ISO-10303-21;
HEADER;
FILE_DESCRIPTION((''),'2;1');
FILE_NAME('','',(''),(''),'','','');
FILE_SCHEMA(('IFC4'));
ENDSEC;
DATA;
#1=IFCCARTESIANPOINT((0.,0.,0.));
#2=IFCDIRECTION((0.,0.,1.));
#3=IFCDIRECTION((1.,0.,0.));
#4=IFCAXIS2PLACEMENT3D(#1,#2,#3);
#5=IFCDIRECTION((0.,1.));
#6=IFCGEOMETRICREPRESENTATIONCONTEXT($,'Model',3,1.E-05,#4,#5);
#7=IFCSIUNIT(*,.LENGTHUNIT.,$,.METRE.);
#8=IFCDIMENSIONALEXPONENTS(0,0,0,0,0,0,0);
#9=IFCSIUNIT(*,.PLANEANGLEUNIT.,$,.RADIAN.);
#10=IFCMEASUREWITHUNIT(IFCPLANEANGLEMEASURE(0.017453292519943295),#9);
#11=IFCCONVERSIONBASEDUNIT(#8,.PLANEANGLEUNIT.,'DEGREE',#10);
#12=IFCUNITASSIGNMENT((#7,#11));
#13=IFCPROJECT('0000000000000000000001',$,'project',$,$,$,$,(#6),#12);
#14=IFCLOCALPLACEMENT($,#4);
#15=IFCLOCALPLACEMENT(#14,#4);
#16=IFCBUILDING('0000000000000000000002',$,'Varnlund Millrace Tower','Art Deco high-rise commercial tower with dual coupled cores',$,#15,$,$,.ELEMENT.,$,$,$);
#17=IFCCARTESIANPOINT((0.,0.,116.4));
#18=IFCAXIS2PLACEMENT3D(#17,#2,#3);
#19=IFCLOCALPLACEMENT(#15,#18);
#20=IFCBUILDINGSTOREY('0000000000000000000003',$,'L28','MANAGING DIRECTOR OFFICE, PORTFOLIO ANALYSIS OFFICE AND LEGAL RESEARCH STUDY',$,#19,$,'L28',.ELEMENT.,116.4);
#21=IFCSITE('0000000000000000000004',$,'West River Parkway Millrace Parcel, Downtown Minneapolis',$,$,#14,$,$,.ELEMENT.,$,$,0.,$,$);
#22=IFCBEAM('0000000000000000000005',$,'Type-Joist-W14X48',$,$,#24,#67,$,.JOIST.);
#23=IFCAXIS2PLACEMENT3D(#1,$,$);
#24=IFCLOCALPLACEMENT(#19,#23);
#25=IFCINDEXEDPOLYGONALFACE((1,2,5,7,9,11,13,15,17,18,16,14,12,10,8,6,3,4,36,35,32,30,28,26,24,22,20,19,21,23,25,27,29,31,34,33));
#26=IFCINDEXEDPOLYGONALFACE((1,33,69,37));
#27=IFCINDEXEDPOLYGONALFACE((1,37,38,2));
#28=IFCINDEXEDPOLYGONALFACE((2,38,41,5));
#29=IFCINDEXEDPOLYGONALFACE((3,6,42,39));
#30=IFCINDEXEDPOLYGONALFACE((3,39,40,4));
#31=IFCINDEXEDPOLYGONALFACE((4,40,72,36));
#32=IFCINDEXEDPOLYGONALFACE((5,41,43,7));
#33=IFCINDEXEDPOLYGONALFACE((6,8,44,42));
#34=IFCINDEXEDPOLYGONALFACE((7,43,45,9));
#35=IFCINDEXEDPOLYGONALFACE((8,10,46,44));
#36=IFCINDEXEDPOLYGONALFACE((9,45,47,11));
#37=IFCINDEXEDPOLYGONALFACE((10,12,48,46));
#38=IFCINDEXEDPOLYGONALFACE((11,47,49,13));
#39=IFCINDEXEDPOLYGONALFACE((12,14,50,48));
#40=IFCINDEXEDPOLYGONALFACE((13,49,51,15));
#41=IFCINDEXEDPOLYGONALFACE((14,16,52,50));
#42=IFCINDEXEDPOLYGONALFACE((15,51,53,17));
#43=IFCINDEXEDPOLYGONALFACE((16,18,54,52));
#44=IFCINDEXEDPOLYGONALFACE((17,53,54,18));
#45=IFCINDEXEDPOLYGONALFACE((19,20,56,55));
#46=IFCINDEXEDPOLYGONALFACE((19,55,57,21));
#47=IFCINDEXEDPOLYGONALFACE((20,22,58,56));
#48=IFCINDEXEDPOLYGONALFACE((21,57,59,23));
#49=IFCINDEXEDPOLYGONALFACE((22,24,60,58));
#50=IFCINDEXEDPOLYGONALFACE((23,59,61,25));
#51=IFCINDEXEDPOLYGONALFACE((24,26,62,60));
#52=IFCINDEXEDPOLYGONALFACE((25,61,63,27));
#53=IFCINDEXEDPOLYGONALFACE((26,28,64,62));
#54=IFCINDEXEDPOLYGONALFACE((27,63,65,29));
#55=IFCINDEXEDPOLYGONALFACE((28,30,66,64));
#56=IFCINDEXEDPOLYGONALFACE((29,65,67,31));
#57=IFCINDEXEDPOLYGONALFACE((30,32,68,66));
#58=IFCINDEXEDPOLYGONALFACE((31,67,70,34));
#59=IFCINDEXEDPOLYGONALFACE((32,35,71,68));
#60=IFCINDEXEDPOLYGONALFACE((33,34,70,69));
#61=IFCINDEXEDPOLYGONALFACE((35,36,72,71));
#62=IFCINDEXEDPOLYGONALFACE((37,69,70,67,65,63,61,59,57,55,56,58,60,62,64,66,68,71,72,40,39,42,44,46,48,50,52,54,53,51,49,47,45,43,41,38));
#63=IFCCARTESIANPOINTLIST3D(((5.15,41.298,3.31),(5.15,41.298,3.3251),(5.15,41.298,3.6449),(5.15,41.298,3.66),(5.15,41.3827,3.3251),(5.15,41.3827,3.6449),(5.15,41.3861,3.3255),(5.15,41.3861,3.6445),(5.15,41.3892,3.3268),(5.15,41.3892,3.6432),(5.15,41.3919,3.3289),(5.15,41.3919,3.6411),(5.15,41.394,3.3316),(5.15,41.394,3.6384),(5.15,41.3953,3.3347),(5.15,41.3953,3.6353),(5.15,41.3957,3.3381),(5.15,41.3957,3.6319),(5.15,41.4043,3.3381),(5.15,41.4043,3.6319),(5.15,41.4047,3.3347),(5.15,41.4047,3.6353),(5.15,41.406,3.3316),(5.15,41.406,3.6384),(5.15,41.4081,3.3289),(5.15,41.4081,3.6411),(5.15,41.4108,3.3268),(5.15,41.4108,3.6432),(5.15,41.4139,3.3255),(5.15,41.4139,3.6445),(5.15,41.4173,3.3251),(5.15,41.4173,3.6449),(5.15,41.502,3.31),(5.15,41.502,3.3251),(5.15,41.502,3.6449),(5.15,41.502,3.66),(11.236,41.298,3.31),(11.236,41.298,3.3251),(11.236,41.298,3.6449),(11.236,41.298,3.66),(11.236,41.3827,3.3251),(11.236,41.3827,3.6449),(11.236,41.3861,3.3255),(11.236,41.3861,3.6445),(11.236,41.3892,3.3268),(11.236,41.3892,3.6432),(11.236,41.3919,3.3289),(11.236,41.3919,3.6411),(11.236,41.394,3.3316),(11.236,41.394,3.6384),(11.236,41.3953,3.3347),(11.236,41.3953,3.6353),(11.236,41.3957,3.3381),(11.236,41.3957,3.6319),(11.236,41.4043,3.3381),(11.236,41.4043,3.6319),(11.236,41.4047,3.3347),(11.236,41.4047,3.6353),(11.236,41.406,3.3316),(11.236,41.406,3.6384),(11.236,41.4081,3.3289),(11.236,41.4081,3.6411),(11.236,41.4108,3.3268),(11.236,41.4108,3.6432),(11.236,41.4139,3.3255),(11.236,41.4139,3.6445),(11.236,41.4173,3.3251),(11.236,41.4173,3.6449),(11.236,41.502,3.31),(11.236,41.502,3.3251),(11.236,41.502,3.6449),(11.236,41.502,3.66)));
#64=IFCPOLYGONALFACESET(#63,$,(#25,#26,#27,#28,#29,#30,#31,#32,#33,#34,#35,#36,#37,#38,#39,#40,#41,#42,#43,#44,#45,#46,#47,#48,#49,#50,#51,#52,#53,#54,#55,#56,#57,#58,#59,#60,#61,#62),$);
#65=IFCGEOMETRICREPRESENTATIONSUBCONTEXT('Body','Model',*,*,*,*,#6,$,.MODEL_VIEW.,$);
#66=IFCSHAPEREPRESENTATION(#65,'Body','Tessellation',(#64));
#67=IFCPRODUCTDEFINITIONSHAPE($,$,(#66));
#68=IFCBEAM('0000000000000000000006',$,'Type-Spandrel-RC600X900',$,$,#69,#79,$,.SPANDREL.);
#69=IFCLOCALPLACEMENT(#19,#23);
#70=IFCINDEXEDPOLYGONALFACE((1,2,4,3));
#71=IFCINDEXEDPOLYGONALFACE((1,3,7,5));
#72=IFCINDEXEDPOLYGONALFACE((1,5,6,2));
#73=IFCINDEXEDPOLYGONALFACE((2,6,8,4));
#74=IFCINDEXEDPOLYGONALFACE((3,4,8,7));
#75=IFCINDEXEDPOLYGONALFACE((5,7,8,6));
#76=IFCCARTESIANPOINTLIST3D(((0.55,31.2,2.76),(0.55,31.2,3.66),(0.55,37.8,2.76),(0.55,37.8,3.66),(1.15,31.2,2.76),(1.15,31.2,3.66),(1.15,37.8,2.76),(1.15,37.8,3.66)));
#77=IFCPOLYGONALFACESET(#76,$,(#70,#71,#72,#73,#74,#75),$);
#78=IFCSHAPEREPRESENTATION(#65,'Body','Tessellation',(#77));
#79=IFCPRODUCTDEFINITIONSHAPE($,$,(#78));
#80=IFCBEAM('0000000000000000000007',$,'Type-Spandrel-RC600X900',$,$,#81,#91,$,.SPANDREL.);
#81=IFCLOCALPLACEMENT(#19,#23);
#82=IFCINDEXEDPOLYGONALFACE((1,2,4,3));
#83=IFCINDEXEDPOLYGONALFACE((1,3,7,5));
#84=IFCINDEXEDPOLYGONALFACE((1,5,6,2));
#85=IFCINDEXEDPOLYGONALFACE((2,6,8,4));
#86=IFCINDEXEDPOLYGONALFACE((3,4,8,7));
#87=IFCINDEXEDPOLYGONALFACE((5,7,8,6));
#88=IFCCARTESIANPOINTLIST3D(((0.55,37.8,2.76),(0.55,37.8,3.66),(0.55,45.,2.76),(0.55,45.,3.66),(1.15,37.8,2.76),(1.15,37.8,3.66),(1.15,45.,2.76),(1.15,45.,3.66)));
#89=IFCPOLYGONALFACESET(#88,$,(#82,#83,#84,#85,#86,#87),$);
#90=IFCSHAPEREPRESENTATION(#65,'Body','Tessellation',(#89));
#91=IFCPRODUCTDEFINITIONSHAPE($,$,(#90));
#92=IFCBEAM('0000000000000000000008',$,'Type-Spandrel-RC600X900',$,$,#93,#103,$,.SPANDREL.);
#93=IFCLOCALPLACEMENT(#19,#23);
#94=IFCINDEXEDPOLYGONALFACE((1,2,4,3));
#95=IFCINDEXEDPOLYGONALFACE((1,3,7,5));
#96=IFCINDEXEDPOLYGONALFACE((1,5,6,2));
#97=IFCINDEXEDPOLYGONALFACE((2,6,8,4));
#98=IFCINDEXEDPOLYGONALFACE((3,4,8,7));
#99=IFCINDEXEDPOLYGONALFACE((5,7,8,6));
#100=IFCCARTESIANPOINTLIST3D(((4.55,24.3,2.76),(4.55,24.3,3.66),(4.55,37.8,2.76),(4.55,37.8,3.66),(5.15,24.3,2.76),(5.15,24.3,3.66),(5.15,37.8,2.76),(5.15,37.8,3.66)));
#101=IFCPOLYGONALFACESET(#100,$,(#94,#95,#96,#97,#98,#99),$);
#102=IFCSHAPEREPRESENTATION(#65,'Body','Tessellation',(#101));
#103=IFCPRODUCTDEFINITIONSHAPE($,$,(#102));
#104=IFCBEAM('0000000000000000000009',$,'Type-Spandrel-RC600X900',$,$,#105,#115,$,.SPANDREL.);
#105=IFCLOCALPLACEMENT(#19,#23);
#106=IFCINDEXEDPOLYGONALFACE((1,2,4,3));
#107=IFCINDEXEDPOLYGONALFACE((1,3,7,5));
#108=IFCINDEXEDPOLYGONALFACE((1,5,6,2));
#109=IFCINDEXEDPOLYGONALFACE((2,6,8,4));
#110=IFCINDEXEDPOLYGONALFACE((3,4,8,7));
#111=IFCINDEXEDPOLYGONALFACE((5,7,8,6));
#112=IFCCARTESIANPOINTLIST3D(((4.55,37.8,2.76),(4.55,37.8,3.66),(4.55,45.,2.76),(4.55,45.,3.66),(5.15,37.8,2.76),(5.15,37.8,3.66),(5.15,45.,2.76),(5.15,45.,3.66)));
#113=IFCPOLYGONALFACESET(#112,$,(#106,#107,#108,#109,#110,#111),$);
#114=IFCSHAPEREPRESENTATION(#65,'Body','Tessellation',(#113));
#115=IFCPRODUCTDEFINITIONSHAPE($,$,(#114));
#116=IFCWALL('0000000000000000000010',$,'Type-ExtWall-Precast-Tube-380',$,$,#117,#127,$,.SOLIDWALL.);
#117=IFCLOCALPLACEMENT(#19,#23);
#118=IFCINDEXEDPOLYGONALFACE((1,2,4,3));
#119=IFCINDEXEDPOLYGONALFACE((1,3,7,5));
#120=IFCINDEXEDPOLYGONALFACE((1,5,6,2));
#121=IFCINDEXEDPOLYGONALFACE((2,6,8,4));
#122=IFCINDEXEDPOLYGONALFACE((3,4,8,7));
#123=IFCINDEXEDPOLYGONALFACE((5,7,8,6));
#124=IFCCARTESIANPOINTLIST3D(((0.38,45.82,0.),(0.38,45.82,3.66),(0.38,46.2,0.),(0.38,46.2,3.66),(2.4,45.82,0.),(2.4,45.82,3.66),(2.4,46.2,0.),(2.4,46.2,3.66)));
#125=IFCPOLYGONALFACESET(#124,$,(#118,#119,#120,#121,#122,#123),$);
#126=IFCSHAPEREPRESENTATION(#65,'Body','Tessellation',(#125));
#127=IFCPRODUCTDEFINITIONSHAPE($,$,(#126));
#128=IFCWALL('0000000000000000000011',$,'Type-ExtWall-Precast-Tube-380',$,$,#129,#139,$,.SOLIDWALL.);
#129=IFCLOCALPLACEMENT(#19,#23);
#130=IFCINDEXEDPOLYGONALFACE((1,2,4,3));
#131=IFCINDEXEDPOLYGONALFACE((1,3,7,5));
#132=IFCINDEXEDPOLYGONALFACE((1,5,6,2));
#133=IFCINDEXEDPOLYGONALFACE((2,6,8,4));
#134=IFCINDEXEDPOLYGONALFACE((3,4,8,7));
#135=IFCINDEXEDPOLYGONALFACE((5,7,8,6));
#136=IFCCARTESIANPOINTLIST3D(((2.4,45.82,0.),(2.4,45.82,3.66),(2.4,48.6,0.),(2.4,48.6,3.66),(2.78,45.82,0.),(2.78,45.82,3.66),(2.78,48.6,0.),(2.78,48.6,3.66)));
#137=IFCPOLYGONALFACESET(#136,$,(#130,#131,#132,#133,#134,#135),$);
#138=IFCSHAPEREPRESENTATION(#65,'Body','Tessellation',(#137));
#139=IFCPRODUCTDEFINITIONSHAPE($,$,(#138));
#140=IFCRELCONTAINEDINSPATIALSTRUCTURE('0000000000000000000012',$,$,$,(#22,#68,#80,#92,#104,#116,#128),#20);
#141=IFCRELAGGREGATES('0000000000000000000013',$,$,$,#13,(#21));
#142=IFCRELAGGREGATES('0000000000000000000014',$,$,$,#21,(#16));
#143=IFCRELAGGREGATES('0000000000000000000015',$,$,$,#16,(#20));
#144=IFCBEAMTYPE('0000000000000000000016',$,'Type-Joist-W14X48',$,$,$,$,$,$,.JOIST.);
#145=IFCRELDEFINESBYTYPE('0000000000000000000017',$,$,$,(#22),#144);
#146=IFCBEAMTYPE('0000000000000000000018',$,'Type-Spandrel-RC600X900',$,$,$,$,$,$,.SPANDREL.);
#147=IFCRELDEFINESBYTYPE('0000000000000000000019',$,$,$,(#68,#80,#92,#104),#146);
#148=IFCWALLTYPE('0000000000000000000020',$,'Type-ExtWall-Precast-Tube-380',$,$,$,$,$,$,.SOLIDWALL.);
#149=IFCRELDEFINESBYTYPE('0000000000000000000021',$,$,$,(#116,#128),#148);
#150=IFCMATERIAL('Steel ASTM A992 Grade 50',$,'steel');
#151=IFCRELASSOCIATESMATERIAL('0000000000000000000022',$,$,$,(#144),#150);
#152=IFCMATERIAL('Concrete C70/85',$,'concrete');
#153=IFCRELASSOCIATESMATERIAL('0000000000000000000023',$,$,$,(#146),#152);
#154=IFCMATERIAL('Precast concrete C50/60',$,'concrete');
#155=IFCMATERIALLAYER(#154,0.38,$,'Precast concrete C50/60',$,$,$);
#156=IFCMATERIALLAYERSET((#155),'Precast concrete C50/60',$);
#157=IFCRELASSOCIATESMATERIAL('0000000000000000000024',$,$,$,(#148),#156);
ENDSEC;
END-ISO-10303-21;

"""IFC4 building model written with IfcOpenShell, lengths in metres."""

from ifc_helpers import new_model, entity, si_unit, converted_unit, direction, frame, origin_with_axes, origin_2d_with_axis, place, context, subcontext, project, spatial, polyline, rectangle, i_section, outline, extrude, material, layer, layer_set, material_profile, profile_set, type_object, element, save


model = new_model("IFC4")

# Units and contexts
model_context = context("Model", 3, precision=1e-05, world=origin_with_axes(), true_north=direction((0.0, 1.0)))
body_context = subcontext(model_context, "Body", "Model", "MODEL_VIEW")
ifc_project = project(units=[si_unit("LENGTHUNIT", "METRE"), converted_unit("PLANEANGLEUNIT", "DEGREE", entity("IfcPlaneAngleMeasure", 0.017453292519943295), si_unit("PLANEANGLEUNIT", "RADIAN"), dimensions=[0, 0, 0, 0, 0, 0, 0])], contexts=[model_context])

# Site, building, storey
site_placement = place(None, origin_with_axes())
site = spatial("IfcSite", under=ifc_project, at=site_placement, Name="West River Parkway Millrace Parcel, Downtown Minneapolis", CompositionType="ELEMENT", RefElevation=0.0)
building_placement = place(site_placement, origin_with_axes())
building = spatial("IfcBuilding", under=site, at=building_placement, Name="Varnlund Millrace Tower", Description="Art Deco high-rise commercial tower with dual coupled cores", CompositionType="ELEMENT")
storey_placement = place(building_placement, frame((0.0, 0.0, 116.4), z_axis=(0.0, 0.0, 1.0), x_axis=(1.0, 0.0, 0.0)))
storey = spatial("IfcBuildingStorey", under=building, at=storey_placement, Name="L28", Description="MANAGING DIRECTOR OFFICE, PORTFOLIO ANALYSIS OFFICE AND LEGAL RESEARCH STUDY", LongName="L28", CompositionType="ELEMENT", Elevation=116.4)

# Beams
ifc_material_1 = material(Name="Steel ASTM A992 Grade 50", Category="steel")
ifc_material_profile_1 = material_profile(ifc_material_1, i_section(OverallWidth=0.204, OverallDepth=0.35, WebThickness=0.0086, FlangeThickness=0.0151, FilletRadius=0.013, at=origin_2d_with_axis()), Name="Steel ASTM A992 Grade 50")
ifc_profile_set_1 = profile_set([ifc_material_profile_1], Name="Steel ASTM A992 Grade 50")
beam_type_1 = type_object("IfcBeamType", Name="Type-Joist-W14X48", PredefinedType="JOIST", material=ifc_profile_set_1)
for number, where, z_axis, x_axis, name in (
    (1, (5.15, 41.4, 3.485), (1.0, 0.0, 0.0), (0.0, 1.0, 0.0), "Type-Joist-W14X48"),
):
    element("IfcBeam", number, at=place(storey_placement, frame(where, z_axis=z_axis, x_axis=x_axis)), inside=storey, type_object=beam_type_1, Name=name, PredefinedType="JOIST", context=body_context, shape_type="SweptSolid", body=[
        extrude(i_section(OverallWidth=0.204, OverallDepth=0.35, WebThickness=0.0086, FlangeThickness=0.0151, FilletRadius=0.013, at=origin_2d_with_axis()), origin_with_axes(), (0.0, 0.0, 1.0), 6.086),
    ])
ifc_material_2 = material(Name="Concrete C70/85", Category="concrete")
ifc_material_profile_2 = material_profile(ifc_material_2, rectangle(XDim=0.6, YDim=0.9, at=origin_2d_with_axis()), Name="Concrete C70/85")
ifc_profile_set_2 = profile_set([ifc_material_profile_2], Name="Concrete C70/85")
beam_type_2 = type_object("IfcBeamType", Name="Type-Spandrel-RC600X900", PredefinedType="SPANDREL", material=ifc_profile_set_2)
beam_1_placement = place(storey_placement, frame((0.85, 31.2, 3.21), z_axis=(0.0, 1.0, 0.0), x_axis=(-1.0, 0.0, 0.0)))
element("IfcBeam", 2, at=beam_1_placement, inside=storey, type_object=beam_type_2, Name="Type-Spandrel-RC600X900", PredefinedType="SPANDREL", context=body_context, shape_type="SweptSolid", body=[
    extrude(rectangle(XDim=0.6, YDim=0.9, at=origin_2d_with_axis()), origin_with_axes(), (0.0, 0.0, 1.0), 6.6),
])
beam_2_placement = place(storey_placement, frame((0.85, 37.8, 3.21), z_axis=(0.0, 1.0, 0.0), x_axis=(-1.0, 0.0, 0.0)))
element("IfcBeam", 3, at=beam_2_placement, inside=storey, type_object=beam_type_2, Name="Type-Spandrel-RC600X900", PredefinedType="SPANDREL", context=body_context, shape_type="SweptSolid", body=[
    extrude(rectangle(XDim=0.6, YDim=0.9, at=origin_2d_with_axis()), origin_with_axes(), (0.0, 0.0, 1.0), 7.2),
])
beam_3_placement = place(storey_placement, frame((4.85, 24.3, 3.21), z_axis=(0.0, 1.0, 0.0), x_axis=(-1.0, 0.0, 0.0)))
element("IfcBeam", 4, at=beam_3_placement, inside=storey, type_object=beam_type_2, Name="Type-Spandrel-RC600X900", PredefinedType="SPANDREL", context=body_context, shape_type="SweptSolid", body=[
    extrude(rectangle(XDim=0.6, YDim=0.9, at=origin_2d_with_axis()), origin_with_axes(), (0.0, 0.0, 1.0), 13.5),
])
beam_4_placement = place(storey_placement, frame((4.85, 37.8, 3.21), z_axis=(0.0, 1.0, 0.0), x_axis=(-1.0, 0.0, 0.0)))
element("IfcBeam", 5, at=beam_4_placement, inside=storey, type_object=beam_type_2, Name="Type-Spandrel-RC600X900", PredefinedType="SPANDREL", context=body_context, shape_type="SweptSolid", body=[
    extrude(rectangle(XDim=0.6, YDim=0.9, at=origin_2d_with_axis()), origin_with_axes(), (0.0, 0.0, 1.0), 7.2),
])

# Walls
ifc_material_3 = material(Name="Precast concrete C50/60", Category="concrete")
ifc_layer = layer(ifc_material_3, 0.38, Name="Precast concrete C50/60")
ifc_layer_set = layer_set([ifc_layer], Name="Precast concrete C50/60")
wall_type = type_object("IfcWallType", Name="Type-ExtWall-Precast-Tube-380", PredefinedType="SOLIDWALL", material=ifc_layer_set)
wall_1_placement = place(storey_placement, frame((0.38, 46.01, 0.0), z_axis=(0.0, 0.0, 1.0), x_axis=(1.0, 0.0, 0.0)))
element("IfcWall", 6, at=wall_1_placement, inside=storey, type_object=wall_type, Name="Type-ExtWall-Precast-Tube-380", PredefinedType="SOLIDWALL", context=body_context, shape_type="SweptSolid", body=[
    extrude(outline(polyline([(0.0, -0.19), (2.02, -0.19), (2.02, 0.19), (0.0, 0.19), (0.0, -0.19)])), origin_with_axes(), (0.0, 0.0, 1.0), 3.66),
])
wall_2_placement = place(storey_placement, frame((2.59, 45.82, 0.0), z_axis=(0.0, 0.0, 1.0), x_axis=(0.0, 1.0, 0.0)))
element("IfcWall", 7, at=wall_2_placement, inside=storey, type_object=wall_type, Name="Type-ExtWall-Precast-Tube-380", PredefinedType="SOLIDWALL", context=body_context, shape_type="SweptSolid", body=[
    extrude(outline(polyline([(0.0, -0.19), (2.78, -0.19), (2.78, 0.19), (0.0, 0.19), (0.0, -0.19)])), origin_with_axes(), (0.0, 0.0, 1.0), 3.66),
])

save(model, "model.ifc")
